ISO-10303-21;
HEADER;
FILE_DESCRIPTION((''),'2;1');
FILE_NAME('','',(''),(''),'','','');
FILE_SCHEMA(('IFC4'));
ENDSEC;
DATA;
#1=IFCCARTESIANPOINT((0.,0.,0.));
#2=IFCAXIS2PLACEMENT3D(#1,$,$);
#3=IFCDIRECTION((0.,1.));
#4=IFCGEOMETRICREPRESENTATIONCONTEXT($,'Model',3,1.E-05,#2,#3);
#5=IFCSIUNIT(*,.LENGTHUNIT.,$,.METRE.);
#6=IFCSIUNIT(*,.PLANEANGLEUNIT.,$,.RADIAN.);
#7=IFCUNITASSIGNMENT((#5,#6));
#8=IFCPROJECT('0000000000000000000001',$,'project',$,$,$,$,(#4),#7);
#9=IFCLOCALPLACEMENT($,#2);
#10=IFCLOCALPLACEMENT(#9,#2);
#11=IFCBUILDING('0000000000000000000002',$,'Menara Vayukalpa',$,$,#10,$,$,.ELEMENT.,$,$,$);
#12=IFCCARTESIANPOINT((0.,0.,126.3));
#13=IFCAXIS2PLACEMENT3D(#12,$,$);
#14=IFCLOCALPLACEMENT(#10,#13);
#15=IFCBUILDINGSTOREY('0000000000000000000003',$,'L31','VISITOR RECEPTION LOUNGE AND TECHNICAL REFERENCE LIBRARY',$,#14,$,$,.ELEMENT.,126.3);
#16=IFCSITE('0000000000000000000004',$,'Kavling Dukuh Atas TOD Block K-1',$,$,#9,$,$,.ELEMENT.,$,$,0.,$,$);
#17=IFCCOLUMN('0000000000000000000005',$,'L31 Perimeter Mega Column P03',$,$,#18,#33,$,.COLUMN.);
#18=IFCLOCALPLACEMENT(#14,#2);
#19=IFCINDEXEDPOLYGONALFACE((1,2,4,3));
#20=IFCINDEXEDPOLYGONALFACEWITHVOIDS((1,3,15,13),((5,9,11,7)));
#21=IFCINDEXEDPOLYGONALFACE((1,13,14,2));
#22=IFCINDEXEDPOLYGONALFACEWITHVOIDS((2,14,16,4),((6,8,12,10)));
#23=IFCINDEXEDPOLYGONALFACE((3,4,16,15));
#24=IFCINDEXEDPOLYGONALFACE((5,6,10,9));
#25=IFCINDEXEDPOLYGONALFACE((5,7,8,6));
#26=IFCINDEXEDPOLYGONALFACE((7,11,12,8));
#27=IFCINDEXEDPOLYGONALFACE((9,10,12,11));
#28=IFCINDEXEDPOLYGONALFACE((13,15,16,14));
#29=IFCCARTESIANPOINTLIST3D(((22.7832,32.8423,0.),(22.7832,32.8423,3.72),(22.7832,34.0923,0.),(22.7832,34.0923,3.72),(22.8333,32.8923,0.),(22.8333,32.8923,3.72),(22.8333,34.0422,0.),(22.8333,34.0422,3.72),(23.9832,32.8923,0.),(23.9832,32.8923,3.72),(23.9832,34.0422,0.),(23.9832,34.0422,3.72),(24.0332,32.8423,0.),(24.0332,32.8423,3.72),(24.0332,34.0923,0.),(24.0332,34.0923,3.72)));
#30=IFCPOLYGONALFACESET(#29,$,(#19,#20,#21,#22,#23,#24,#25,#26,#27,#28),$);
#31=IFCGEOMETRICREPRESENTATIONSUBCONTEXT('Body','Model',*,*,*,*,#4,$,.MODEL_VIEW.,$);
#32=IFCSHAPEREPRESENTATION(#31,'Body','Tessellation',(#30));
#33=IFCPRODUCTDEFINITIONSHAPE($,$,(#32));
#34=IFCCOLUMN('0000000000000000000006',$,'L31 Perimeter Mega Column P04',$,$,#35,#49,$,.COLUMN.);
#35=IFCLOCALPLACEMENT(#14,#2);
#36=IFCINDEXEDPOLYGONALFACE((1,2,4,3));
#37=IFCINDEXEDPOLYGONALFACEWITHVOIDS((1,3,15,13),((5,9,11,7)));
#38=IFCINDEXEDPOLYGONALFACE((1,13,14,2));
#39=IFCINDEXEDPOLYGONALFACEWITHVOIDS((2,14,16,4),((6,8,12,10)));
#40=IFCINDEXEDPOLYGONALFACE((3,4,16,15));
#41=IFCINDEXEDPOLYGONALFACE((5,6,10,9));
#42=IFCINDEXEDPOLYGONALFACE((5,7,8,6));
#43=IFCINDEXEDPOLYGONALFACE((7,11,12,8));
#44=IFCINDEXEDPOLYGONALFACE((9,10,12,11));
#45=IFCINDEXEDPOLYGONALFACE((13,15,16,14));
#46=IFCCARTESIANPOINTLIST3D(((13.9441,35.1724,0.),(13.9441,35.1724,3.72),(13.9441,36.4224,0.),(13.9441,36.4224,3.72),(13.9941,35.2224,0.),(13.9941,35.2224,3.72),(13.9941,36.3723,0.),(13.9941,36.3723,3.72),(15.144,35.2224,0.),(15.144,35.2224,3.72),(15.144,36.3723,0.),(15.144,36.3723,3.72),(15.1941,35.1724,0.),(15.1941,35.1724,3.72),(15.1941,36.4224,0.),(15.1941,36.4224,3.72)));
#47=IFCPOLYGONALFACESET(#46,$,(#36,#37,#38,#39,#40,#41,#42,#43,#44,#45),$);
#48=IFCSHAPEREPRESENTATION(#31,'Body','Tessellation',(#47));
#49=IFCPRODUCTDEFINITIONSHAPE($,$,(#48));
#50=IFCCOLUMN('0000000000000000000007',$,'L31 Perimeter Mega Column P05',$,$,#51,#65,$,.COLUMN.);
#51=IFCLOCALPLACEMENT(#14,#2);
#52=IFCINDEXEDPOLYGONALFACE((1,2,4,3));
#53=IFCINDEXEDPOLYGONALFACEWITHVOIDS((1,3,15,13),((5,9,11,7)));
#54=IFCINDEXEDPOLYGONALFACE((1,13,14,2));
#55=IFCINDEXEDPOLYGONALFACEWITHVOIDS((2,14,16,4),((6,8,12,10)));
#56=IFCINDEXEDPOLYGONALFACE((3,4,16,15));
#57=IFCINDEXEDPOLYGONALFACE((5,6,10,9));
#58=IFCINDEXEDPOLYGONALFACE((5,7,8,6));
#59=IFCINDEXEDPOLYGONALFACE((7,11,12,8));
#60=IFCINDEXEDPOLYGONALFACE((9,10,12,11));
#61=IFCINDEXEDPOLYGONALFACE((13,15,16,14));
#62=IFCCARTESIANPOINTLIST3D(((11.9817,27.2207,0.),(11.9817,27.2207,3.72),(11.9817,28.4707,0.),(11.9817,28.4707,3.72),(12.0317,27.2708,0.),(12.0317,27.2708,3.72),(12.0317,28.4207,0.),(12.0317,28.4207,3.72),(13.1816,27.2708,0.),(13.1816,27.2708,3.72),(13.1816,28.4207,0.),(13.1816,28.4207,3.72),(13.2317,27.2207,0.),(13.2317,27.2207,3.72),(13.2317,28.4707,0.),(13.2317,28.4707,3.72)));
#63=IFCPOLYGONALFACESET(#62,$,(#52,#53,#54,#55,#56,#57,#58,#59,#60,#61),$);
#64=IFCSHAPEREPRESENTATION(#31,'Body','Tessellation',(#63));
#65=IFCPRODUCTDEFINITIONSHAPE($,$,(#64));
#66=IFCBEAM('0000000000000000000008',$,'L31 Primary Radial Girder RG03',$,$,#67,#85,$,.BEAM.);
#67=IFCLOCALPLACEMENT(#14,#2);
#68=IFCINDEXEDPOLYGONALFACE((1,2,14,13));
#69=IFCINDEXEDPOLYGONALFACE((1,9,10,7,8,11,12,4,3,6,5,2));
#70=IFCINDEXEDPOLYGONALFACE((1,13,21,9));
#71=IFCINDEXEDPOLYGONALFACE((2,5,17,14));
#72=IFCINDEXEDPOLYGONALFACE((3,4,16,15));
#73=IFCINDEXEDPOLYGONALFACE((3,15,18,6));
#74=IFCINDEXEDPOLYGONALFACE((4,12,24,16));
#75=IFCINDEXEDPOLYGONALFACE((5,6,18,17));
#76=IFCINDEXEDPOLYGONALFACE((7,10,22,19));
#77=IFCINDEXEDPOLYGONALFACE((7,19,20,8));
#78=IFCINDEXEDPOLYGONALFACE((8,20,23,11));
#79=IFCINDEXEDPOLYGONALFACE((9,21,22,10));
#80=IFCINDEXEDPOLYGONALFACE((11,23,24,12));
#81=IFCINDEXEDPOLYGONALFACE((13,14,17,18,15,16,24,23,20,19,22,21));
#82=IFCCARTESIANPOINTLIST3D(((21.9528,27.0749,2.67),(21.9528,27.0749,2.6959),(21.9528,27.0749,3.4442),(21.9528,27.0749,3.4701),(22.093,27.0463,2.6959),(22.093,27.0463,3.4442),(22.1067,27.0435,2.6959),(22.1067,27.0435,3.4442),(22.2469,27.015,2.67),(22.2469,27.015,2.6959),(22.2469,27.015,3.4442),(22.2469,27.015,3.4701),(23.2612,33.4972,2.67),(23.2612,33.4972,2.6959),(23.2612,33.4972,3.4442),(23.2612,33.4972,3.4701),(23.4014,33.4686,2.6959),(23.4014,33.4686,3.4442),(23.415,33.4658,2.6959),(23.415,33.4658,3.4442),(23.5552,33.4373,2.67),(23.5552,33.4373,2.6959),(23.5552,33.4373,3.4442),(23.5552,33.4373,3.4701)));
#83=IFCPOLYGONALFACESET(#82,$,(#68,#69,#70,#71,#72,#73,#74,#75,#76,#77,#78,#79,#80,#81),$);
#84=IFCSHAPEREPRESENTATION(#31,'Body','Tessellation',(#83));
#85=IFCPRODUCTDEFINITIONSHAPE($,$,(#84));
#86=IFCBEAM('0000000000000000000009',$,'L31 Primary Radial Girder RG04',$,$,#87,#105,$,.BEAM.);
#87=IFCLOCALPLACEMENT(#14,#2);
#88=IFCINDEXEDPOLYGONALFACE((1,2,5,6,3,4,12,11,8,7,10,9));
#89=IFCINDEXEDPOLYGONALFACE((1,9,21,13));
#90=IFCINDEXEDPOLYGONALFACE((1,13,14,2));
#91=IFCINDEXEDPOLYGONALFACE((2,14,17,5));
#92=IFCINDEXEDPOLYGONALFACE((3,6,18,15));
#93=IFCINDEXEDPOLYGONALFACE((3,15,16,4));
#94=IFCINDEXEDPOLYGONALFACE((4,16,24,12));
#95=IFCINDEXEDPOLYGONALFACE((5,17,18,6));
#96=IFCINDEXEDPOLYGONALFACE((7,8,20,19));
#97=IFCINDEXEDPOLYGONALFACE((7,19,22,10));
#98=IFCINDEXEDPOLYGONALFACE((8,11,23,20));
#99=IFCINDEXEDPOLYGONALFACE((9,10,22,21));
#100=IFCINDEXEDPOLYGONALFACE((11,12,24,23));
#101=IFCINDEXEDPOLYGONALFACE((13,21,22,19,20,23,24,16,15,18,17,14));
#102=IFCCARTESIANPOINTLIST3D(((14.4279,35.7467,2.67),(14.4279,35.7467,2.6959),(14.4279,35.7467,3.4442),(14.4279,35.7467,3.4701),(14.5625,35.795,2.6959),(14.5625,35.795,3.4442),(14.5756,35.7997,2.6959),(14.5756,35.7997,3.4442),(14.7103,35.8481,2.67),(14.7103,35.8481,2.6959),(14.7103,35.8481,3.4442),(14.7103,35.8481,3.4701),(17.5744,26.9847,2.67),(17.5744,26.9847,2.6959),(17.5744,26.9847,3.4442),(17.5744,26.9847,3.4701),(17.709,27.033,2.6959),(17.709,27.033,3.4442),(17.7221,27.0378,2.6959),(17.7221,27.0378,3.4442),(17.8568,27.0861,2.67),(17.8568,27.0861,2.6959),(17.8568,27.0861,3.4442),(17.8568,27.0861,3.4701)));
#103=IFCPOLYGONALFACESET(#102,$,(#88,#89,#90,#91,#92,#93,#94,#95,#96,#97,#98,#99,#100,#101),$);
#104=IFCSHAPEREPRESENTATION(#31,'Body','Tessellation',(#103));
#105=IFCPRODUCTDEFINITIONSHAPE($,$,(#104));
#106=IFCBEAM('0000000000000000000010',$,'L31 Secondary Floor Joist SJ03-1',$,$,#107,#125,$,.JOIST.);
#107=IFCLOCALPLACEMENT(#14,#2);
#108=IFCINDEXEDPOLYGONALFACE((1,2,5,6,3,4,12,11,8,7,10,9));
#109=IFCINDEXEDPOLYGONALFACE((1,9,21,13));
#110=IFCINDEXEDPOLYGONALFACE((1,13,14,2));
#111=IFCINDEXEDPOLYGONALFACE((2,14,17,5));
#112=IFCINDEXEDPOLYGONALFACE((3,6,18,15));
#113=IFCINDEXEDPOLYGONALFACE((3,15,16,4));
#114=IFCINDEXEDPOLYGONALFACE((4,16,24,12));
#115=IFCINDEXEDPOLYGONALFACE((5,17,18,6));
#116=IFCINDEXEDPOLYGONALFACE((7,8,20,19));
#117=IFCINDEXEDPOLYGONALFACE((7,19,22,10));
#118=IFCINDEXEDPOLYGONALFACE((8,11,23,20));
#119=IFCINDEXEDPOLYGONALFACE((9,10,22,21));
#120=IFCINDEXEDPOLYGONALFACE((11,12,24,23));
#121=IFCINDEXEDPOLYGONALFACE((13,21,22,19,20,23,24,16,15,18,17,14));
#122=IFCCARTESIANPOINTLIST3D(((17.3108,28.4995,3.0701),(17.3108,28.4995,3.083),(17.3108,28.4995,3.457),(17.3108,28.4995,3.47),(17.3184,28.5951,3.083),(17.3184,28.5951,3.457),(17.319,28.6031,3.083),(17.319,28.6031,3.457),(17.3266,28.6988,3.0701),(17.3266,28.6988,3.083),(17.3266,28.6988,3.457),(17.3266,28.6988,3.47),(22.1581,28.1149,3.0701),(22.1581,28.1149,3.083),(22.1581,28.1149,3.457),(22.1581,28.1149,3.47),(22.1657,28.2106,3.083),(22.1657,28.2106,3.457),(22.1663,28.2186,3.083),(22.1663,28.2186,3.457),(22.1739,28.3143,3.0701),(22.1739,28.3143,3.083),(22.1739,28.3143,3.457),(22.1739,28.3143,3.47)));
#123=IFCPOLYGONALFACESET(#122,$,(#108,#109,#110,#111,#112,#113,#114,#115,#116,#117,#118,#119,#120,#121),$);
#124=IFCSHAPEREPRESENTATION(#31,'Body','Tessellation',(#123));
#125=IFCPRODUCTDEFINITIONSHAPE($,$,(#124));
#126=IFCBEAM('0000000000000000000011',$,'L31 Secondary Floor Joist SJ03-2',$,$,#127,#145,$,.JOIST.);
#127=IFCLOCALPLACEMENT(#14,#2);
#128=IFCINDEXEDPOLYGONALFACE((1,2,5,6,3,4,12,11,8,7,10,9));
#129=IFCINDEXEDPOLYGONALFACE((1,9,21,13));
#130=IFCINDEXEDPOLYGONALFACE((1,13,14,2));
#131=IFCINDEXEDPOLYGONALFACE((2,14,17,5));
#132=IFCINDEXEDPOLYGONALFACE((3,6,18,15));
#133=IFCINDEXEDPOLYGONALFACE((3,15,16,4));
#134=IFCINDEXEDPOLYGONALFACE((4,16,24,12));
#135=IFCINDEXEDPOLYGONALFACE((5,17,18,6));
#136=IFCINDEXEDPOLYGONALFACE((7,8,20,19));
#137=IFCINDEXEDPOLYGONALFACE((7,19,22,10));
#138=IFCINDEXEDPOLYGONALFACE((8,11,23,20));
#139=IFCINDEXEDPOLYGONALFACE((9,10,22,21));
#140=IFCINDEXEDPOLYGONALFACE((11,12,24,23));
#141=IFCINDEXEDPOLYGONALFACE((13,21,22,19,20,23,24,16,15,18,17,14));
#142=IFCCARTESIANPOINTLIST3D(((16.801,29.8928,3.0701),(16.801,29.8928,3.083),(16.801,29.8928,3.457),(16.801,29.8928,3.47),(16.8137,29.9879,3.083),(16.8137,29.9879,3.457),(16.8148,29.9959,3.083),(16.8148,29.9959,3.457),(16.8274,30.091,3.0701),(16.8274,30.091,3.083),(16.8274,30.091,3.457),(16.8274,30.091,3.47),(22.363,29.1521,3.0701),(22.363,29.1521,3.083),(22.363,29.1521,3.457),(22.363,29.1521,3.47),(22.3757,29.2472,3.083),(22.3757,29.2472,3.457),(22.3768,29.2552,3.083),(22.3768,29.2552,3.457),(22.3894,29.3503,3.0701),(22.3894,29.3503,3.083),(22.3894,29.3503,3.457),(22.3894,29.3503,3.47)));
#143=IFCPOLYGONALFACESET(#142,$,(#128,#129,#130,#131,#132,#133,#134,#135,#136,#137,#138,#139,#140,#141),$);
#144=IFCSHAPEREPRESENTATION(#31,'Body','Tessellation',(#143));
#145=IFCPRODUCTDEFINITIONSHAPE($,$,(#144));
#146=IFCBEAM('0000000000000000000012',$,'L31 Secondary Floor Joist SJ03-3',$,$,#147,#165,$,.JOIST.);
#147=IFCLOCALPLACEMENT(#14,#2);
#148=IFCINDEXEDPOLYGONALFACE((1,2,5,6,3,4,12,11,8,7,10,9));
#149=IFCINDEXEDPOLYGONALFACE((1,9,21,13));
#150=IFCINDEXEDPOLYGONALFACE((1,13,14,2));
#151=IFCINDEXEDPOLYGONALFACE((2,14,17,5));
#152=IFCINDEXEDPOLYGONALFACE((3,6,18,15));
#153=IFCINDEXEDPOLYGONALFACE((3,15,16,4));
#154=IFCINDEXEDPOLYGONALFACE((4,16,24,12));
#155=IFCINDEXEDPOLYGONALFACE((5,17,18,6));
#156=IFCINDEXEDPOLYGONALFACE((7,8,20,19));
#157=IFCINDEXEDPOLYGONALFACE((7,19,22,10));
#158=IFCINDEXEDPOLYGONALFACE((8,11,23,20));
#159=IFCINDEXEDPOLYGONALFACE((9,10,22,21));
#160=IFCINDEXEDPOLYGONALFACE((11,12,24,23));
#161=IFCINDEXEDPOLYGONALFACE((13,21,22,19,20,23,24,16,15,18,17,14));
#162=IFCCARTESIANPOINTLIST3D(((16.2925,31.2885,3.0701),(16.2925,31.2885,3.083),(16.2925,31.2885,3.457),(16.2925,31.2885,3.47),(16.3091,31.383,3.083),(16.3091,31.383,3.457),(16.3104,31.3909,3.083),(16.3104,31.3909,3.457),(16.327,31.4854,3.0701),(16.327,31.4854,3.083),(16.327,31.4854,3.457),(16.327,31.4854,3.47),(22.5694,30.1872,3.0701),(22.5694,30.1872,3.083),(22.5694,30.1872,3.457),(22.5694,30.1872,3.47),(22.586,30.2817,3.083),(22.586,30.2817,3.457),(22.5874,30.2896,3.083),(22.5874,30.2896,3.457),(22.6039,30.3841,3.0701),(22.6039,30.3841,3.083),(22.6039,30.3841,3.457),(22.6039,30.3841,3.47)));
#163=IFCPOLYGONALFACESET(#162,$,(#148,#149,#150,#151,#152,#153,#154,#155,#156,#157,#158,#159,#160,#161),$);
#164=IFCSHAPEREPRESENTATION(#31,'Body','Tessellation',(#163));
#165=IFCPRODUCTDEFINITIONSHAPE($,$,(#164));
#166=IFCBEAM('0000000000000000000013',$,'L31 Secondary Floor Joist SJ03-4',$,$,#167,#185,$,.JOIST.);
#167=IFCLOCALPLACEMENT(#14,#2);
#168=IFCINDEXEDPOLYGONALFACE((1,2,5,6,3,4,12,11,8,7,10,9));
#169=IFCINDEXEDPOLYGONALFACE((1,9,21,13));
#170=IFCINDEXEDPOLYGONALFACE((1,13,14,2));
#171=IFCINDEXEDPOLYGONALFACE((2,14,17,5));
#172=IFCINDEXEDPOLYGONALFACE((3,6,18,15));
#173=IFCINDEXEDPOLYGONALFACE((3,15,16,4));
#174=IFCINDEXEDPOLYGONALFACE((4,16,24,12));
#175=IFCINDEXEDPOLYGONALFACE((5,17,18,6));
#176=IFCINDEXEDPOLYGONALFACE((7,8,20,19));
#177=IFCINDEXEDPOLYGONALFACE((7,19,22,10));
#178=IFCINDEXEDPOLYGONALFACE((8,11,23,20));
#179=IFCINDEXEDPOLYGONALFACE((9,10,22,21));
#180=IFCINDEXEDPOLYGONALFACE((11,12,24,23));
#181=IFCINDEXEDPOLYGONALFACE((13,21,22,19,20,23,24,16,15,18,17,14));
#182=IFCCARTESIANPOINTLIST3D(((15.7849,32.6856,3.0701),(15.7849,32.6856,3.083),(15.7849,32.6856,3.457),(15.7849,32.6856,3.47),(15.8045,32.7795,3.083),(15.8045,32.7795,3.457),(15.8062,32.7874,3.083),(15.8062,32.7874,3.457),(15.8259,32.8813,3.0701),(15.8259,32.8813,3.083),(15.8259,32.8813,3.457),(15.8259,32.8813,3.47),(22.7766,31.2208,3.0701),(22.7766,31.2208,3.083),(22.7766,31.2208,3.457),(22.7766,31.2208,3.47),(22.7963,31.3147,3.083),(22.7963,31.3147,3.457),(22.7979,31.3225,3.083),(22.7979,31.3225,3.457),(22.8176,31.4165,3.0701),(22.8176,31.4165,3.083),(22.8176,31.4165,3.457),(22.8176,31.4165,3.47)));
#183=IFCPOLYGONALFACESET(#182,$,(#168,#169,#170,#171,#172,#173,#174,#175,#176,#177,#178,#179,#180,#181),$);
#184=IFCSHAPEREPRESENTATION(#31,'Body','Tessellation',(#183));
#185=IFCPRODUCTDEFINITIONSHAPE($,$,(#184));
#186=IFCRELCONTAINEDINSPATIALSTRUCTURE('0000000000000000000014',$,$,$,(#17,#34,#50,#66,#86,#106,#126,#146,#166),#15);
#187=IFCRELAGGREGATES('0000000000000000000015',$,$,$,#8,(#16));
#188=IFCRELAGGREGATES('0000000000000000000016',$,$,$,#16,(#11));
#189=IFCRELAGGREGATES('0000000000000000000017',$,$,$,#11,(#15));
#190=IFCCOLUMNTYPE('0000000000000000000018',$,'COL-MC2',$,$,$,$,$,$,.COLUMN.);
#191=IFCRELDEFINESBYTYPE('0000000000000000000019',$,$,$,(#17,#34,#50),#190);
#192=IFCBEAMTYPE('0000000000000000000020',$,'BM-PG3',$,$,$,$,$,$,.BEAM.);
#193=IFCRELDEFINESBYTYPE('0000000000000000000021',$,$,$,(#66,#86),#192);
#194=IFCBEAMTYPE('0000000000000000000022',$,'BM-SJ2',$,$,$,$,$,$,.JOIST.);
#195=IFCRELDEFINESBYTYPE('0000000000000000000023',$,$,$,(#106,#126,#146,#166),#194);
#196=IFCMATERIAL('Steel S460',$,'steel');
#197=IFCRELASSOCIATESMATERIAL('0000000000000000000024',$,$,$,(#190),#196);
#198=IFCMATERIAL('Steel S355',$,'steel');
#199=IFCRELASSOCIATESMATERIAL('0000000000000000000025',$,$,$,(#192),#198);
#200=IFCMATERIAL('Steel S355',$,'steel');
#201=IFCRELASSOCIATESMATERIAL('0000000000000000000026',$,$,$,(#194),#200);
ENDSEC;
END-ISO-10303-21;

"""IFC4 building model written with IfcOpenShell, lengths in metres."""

from ifc_helpers import new_model, si_unit, direction, frame, origin, origin_2d, place, context, subcontext, project, spatial, hollow_rectangle, i_section, extrude, material, material_profile, profile_set, type_object, element, save


model = new_model("IFC4")

# Units and contexts
model_context = context("Model", 3, precision=1e-05, world=origin(), true_north=direction((0.0, 1.0)))
body_context = subcontext(model_context, "Body", "Model", "MODEL_VIEW")
ifc_project = project(units=[si_unit("LENGTHUNIT", "METRE"), si_unit("PLANEANGLEUNIT", "RADIAN")], contexts=[model_context])

# Site, building, storey
site_placement = place(None, origin())
site = spatial("IfcSite", under=ifc_project, at=site_placement, Name="Kavling Dukuh Atas TOD Block K-1", CompositionType="ELEMENT", RefElevation=0.0)
building_placement = place(site_placement, origin())
building = spatial("IfcBuilding", under=site, at=building_placement, Name="Menara Vayukalpa", CompositionType="ELEMENT")
storey_placement = place(building_placement, frame((0.0, 0.0, 126.3)))
storey = spatial("IfcBuildingStorey", under=building, at=storey_placement, Name="L31", Description="VISITOR RECEPTION LOUNGE AND TECHNICAL REFERENCE LIBRARY", CompositionType="ELEMENT", Elevation=126.3)

# Columns
ifc_material_1 = material(Name="Steel S460", Category="steel")
ifc_material_profile_1 = material_profile(ifc_material_1, hollow_rectangle(XDim=1.25, YDim=1.25, WallThickness=0.05, at=origin_2d()), Name="BOX 1250x1250x50")
ifc_profile_set_1 = profile_set([ifc_material_profile_1], Name="Steel S460")
column_type = type_object("IfcColumnType", Name="COL-MC2", PredefinedType="COLUMN", material=ifc_profile_set_1)
for number, where, z_axis, x_axis, name in (
    (1, (23.4082, 33.4673, 0.0), (0.0, 0.0, 1.0), (1.0, 0.0, 0.0), "L31 Perimeter Mega Column P03"),
    (2, (14.5691, 35.7974, 0.0), (0.0, 0.0, 1.0), (1.0, 0.0, 0.0), "L31 Perimeter Mega Column P04"),
    (3, (12.6067, 27.8457, 0.0), (0.0, 0.0, 1.0), (1.0, 0.0, 0.0), "L31 Perimeter Mega Column P05"),
):
    element("IfcColumn", number, at=place(storey_placement, frame(where, z_axis=z_axis, x_axis=x_axis)), inside=storey, type_object=column_type, Name=name, PredefinedType="COLUMN", context=body_context, shape_type="SweptSolid", body=[
        extrude(hollow_rectangle(XDim=1.25, YDim=1.25, WallThickness=0.05, at=origin_2d()), origin(), (0.0, 0.0, 1.0), 3.72),
    ])

# Beams
ifc_material_2 = material(Name="Steel S355", Category="steel")
ifc_material_profile_2 = material_profile(ifc_material_2, i_section(OverallWidth=0.3, OverallDepth=0.8, WebThickness=0.0139, FlangeThickness=0.0259, at=origin_2d()), Name="WF 800x300x14x26")
ifc_profile_set_2 = profile_set([ifc_material_profile_2], Name="Steel S355")
beam_type_1 = type_object("IfcBeamType", Name="BM-PG3", PredefinedType="BEAM", material=ifc_profile_set_2)
beam_1_placement = place(storey_placement, frame((22.0999, 27.0449, 3.0701), z_axis=(0.199618, 0.979874, 0.0), x_axis=(-0.979874, 0.199618, 0.0)))
element("IfcBeam", 4, at=beam_1_placement, inside=storey, type_object=beam_type_1, Name="L31 Primary Radial Girder RG03", PredefinedType="BEAM", context=body_context, shape_type="SweptSolid", body=[
    extrude(i_section(OverallWidth=0.3, OverallDepth=0.8, WebThickness=0.0139, FlangeThickness=0.0259, at=origin_2d()), origin(), (0.0, 0.0, 1.0), 6.5542),
])
beam_2_placement = place(storey_placement, frame((17.7156, 27.0354, 3.0701), z_axis=(-0.337976, 0.941155, 0.0), x_axis=(-0.941155, -0.337976, 0.0)))
element("IfcBeam", 5, at=beam_2_placement, inside=storey, type_object=beam_type_1, Name="L31 Primary Radial Girder RG04", PredefinedType="BEAM", context=body_context, shape_type="SweptSolid", body=[
    extrude(i_section(OverallWidth=0.3, OverallDepth=0.8, WebThickness=0.0139, FlangeThickness=0.0259, at=origin_2d()), origin(), (0.0, 0.0, 1.0), 9.3098),
])
ifc_material_3 = material(Name="Steel S355", Category="steel")
ifc_material_profile_3 = material_profile(ifc_material_3, i_section(OverallWidth=0.2, OverallDepth=0.3999, WebThickness=0.0081, FlangeThickness=0.0129, at=origin_2d()), Name="WF 400x200x8x13")
ifc_profile_set_3 = profile_set([ifc_material_profile_3], Name="Steel S355")
beam_type_2 = type_object("IfcBeamType", Name="BM-SJ2", PredefinedType="JOIST", material=ifc_profile_set_3)
beam_3_placement = place(storey_placement, frame((22.166, 28.2146, 3.27), z_axis=(-0.996869, 0.079077, 0.0), x_axis=(-0.079077, -0.996869, 0.0)))
element("IfcBeam", 6, at=beam_3_placement, inside=storey, type_object=beam_type_2, Name="L31 Secondary Floor Joist SJ03-1", PredefinedType="JOIST", context=body_context, shape_type="SweptSolid", body=[
    extrude(i_section(OverallWidth=0.2, OverallDepth=0.3999, WebThickness=0.0081, FlangeThickness=0.0129, at=origin_2d()), origin(), (0.0, 0.0, 1.0), 4.8625),
])
beam_4_placement = place(storey_placement, frame((22.3762, 29.2512, 3.27), z_axis=(-0.991248, 0.13201, 0.0), x_axis=(-0.13201, -0.991248, 0.0)))
element("IfcBeam", 7, at=beam_4_placement, inside=storey, type_object=beam_type_2, Name="L31 Secondary Floor Joist SJ03-2", PredefinedType="JOIST", context=body_context, shape_type="SweptSolid", body=[
    extrude(i_section(OverallWidth=0.2, OverallDepth=0.3999, WebThickness=0.0081, FlangeThickness=0.0129, at=origin_2d()), origin(), (0.0, 0.0, 1.0), 5.6111),
])
beam_5_placement = place(storey_placement, frame((22.5867, 30.2856, 3.27), z_axis=(-0.984954, 0.172817, 0.0), x_axis=(-0.172817, -0.984954, 0.0)))
element("IfcBeam", 8, at=beam_5_placement, inside=storey, type_object=beam_type_2, Name="L31 Secondary Floor Joist SJ03-3", PredefinedType="JOIST", context=body_context, shape_type="SweptSolid", body=[
    extrude(i_section(OverallWidth=0.2, OverallDepth=0.3999, WebThickness=0.0081, FlangeThickness=0.0129, at=origin_2d()), origin(), (0.0, 0.0, 1.0), 6.3728),
])
beam_6_placement = place(storey_placement, frame((22.7971, 31.3186, 3.27), z_axis=(-0.978749, 0.20506, 0.0), x_axis=(-0.20506, -0.978749, 0.0)))
element("IfcBeam", 9, at=beam_6_placement, inside=storey, type_object=beam_type_2, Name="L31 Secondary Floor Joist SJ03-4", PredefinedType="JOIST", context=body_context, shape_type="SweptSolid", body=[
    extrude(i_section(OverallWidth=0.2, OverallDepth=0.3999, WebThickness=0.0081, FlangeThickness=0.0129, at=origin_2d()), origin(), (0.0, 0.0, 1.0), 7.1436),
])

save(model, "model.ifc")
